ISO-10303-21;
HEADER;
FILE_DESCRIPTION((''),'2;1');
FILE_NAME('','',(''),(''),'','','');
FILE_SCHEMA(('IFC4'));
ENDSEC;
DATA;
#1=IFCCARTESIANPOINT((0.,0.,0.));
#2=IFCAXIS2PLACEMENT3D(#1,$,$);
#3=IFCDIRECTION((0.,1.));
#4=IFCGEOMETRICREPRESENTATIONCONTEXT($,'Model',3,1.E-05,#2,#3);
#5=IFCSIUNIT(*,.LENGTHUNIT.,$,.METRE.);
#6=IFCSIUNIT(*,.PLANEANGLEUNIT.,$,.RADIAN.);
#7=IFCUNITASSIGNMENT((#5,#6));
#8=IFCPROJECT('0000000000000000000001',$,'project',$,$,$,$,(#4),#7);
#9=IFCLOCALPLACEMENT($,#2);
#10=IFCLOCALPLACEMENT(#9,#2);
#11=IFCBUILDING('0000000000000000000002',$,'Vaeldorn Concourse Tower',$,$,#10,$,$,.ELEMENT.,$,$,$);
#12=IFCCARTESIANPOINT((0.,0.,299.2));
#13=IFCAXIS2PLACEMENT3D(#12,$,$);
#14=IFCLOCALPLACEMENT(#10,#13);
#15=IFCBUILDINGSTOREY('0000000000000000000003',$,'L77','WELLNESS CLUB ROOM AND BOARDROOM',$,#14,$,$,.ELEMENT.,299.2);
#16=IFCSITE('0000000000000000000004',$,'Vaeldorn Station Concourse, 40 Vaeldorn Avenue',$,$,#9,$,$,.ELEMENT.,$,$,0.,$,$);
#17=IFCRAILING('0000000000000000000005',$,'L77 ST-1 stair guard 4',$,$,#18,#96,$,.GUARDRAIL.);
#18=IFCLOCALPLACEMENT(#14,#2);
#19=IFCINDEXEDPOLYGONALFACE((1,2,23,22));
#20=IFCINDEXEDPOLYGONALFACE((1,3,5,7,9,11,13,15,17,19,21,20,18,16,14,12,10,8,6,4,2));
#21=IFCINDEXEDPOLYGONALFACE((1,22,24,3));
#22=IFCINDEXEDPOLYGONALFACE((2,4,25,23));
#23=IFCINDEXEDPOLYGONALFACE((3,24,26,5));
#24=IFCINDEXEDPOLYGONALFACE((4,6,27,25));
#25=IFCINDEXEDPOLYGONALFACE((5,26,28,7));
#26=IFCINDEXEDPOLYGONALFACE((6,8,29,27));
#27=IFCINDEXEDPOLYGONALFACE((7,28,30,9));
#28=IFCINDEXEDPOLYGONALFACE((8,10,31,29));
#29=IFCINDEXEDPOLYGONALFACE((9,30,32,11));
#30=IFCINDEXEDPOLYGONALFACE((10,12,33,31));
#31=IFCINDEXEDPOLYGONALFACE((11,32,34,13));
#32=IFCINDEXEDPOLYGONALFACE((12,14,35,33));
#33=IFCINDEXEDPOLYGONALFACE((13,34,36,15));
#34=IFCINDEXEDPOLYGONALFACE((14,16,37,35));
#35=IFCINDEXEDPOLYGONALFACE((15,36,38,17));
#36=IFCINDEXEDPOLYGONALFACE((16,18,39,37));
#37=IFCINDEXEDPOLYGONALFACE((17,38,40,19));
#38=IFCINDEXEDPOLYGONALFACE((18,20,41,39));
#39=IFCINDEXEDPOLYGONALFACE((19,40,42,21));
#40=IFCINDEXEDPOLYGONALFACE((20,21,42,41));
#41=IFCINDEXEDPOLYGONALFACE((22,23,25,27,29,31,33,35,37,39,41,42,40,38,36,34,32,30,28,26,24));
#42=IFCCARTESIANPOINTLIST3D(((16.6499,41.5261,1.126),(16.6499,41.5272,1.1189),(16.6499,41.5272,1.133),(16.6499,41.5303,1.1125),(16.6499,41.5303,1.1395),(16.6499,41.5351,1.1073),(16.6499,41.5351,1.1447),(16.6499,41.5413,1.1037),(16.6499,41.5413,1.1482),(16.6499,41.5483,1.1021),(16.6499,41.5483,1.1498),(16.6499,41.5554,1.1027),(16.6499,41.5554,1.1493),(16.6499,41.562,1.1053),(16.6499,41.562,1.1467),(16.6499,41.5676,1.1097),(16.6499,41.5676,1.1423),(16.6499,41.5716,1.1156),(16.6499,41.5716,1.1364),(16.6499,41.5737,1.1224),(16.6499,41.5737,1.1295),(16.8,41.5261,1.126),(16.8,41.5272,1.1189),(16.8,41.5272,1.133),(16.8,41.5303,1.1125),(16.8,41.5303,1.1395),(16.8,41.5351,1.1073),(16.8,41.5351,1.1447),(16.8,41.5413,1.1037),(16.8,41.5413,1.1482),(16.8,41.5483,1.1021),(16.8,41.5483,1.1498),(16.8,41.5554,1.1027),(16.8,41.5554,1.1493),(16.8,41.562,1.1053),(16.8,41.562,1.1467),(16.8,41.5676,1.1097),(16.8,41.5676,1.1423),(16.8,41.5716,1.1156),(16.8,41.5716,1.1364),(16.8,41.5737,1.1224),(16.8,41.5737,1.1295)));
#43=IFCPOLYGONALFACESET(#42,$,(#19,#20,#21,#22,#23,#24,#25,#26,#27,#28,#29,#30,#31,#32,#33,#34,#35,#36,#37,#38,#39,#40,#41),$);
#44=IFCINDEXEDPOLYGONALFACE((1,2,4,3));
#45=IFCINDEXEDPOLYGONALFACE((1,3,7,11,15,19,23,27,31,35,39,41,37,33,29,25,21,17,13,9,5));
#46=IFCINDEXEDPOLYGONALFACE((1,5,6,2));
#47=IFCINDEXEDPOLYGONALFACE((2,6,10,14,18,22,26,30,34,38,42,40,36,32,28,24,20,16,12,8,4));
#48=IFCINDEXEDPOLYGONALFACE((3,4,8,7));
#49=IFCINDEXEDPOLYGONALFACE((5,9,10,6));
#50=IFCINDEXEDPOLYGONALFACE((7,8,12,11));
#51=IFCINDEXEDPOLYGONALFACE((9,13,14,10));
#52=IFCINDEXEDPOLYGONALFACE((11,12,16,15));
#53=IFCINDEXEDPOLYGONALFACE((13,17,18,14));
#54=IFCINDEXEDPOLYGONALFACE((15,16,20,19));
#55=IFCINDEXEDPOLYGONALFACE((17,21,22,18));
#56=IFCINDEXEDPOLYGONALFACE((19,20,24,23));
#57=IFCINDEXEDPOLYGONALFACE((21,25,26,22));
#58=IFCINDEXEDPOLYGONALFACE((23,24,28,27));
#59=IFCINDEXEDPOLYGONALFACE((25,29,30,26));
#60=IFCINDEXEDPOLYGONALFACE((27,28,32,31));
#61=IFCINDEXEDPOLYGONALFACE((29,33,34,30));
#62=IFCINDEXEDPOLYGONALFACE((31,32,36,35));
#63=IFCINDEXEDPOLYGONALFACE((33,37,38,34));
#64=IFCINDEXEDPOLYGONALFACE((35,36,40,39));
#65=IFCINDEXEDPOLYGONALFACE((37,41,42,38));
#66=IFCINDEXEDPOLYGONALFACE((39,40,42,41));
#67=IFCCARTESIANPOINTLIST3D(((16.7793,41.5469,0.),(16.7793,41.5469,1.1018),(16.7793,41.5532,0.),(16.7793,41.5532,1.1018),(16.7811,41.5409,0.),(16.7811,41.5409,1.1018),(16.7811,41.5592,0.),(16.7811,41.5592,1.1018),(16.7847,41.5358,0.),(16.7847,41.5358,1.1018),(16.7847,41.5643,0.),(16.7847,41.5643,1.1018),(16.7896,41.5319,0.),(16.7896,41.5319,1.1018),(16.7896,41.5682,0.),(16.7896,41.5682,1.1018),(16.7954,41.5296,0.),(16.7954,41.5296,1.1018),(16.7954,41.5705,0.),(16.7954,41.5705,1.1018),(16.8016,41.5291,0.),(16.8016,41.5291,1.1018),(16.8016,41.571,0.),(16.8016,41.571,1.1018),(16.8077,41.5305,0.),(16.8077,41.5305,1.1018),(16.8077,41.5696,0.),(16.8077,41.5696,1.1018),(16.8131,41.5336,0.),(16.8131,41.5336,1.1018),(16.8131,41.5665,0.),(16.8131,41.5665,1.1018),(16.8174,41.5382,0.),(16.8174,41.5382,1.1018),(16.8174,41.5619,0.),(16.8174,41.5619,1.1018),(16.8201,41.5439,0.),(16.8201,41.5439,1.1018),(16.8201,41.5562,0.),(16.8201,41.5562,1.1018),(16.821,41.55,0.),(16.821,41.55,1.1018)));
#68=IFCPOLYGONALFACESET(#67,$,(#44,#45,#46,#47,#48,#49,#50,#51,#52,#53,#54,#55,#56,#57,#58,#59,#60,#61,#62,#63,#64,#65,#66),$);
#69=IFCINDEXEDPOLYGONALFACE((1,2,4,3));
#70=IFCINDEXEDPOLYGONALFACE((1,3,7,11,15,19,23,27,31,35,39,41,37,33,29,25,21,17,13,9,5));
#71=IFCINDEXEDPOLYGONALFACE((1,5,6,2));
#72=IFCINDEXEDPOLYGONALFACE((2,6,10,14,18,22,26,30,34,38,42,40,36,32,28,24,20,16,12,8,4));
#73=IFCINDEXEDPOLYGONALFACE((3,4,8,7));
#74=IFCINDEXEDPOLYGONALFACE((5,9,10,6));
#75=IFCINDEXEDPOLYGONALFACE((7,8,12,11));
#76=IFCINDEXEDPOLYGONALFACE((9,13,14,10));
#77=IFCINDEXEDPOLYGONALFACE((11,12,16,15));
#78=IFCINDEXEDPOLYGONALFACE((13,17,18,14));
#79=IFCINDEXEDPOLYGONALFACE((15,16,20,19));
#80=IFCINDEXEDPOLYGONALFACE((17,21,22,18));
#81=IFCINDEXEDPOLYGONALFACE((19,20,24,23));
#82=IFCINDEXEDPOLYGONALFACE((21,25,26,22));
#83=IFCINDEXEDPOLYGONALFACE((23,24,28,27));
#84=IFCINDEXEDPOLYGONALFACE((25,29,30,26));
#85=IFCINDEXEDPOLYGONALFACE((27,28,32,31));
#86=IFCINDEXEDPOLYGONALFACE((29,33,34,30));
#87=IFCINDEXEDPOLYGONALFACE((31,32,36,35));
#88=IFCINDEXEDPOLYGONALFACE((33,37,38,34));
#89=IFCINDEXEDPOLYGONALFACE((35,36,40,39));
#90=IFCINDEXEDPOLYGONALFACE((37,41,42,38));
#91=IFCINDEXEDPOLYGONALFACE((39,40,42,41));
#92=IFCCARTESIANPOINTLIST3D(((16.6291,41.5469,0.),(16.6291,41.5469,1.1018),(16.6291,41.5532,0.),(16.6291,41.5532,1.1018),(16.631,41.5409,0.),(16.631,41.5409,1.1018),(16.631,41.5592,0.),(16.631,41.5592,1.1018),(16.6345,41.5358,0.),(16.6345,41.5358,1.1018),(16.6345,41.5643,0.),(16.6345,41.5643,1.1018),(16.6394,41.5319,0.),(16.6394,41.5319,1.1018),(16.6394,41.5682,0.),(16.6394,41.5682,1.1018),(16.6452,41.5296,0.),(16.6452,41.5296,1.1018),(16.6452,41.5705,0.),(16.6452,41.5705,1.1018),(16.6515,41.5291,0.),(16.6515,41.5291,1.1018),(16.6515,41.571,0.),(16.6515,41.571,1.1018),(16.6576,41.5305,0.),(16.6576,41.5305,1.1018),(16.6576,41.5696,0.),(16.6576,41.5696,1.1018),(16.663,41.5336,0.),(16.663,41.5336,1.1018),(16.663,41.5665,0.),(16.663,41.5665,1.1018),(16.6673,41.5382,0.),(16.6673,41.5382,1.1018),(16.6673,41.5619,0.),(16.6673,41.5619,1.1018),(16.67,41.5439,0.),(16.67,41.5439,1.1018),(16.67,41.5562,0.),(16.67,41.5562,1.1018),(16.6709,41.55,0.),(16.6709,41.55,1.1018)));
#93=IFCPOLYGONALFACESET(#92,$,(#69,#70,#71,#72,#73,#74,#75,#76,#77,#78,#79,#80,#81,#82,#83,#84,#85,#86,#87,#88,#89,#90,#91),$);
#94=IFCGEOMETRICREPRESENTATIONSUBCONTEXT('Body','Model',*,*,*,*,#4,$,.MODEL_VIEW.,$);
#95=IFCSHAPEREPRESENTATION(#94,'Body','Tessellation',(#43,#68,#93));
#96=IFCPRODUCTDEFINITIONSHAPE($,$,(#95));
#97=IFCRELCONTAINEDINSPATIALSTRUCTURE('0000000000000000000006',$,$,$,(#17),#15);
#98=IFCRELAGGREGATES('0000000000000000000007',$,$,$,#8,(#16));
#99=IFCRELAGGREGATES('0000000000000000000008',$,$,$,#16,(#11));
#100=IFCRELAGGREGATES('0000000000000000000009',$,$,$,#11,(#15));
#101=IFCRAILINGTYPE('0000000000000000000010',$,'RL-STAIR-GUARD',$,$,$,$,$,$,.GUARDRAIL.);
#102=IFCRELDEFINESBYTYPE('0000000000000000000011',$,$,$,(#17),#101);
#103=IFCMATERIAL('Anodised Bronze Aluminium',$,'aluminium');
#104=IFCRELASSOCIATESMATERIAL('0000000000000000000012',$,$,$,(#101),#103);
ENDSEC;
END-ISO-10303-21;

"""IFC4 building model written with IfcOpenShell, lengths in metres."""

from ifc_helpers import new_model, si_unit, direction, frame, origin, origin_2d, place, context, subcontext, project, spatial, circle, extrude, material, type_object, element, save


model = new_model("IFC4")

# Units and contexts
model_context = context("Model", 3, precision=1e-05, world=origin(), true_north=direction((0.0, 1.0)))
body_context = subcontext(model_context, "Body", "Model", "MODEL_VIEW")
ifc_project = project(units=[si_unit("LENGTHUNIT", "METRE"), si_unit("PLANEANGLEUNIT", "RADIAN")], contexts=[model_context])

# Site, building, storey
site_placement = place(None, origin())
site = spatial("IfcSite", under=ifc_project, at=site_placement, Name="Vaeldorn Station Concourse, 40 Vaeldorn Avenue", CompositionType="ELEMENT", RefElevation=0.0)
building_placement = place(site_placement, origin())
building = spatial("IfcBuilding", under=site, at=building_placement, Name="Vaeldorn Concourse Tower", CompositionType="ELEMENT")
storey_placement = place(building_placement, frame((0.0, 0.0, 299.2)))
storey = spatial("IfcBuildingStorey", under=building, at=storey_placement, Name="L77", Description="WELLNESS CLUB ROOM AND BOARDROOM", CompositionType="ELEMENT", Elevation=299.2)

# Shared definitions
ifc_material_1 = material(Name="Anodised Bronze Aluminium", Category="aluminium")

# Railing
railing_type_1 = type_object("IfcRailingType", Name="RL-STAIR-GUARD", PredefinedType="GUARDRAIL", material=ifc_material_1)
railing_1_placement = place(storey_placement, frame((16.8, 41.55, 0.0)))
element("IfcRailing", 1, at=railing_1_placement, inside=storey, type_object=railing_type_1, Name="L77 ST-1 stair guard 4", PredefinedType="GUARDRAIL", context=body_context, shape_type="SweptSolid", body=[
    extrude(circle(Radius=0.0239, at=origin_2d()), frame((0.0, 0.0, 1.126), z_axis=(-1.0, 0.0, 0.0), x_axis=(0.0, -1.0, 0.0)), (0.0, 0.0, 1.0), 0.1501),
    extrude(circle(Radius=0.021, at=origin_2d()), origin(), (0.0, 0.0, 1.0), 1.1018),
    extrude(circle(Radius=0.021, at=origin_2d()), frame((-0.1501, 0.0, 0.0)), (0.0, 0.0, 1.0), 1.1018),
])

save(model, "model.ifc")
